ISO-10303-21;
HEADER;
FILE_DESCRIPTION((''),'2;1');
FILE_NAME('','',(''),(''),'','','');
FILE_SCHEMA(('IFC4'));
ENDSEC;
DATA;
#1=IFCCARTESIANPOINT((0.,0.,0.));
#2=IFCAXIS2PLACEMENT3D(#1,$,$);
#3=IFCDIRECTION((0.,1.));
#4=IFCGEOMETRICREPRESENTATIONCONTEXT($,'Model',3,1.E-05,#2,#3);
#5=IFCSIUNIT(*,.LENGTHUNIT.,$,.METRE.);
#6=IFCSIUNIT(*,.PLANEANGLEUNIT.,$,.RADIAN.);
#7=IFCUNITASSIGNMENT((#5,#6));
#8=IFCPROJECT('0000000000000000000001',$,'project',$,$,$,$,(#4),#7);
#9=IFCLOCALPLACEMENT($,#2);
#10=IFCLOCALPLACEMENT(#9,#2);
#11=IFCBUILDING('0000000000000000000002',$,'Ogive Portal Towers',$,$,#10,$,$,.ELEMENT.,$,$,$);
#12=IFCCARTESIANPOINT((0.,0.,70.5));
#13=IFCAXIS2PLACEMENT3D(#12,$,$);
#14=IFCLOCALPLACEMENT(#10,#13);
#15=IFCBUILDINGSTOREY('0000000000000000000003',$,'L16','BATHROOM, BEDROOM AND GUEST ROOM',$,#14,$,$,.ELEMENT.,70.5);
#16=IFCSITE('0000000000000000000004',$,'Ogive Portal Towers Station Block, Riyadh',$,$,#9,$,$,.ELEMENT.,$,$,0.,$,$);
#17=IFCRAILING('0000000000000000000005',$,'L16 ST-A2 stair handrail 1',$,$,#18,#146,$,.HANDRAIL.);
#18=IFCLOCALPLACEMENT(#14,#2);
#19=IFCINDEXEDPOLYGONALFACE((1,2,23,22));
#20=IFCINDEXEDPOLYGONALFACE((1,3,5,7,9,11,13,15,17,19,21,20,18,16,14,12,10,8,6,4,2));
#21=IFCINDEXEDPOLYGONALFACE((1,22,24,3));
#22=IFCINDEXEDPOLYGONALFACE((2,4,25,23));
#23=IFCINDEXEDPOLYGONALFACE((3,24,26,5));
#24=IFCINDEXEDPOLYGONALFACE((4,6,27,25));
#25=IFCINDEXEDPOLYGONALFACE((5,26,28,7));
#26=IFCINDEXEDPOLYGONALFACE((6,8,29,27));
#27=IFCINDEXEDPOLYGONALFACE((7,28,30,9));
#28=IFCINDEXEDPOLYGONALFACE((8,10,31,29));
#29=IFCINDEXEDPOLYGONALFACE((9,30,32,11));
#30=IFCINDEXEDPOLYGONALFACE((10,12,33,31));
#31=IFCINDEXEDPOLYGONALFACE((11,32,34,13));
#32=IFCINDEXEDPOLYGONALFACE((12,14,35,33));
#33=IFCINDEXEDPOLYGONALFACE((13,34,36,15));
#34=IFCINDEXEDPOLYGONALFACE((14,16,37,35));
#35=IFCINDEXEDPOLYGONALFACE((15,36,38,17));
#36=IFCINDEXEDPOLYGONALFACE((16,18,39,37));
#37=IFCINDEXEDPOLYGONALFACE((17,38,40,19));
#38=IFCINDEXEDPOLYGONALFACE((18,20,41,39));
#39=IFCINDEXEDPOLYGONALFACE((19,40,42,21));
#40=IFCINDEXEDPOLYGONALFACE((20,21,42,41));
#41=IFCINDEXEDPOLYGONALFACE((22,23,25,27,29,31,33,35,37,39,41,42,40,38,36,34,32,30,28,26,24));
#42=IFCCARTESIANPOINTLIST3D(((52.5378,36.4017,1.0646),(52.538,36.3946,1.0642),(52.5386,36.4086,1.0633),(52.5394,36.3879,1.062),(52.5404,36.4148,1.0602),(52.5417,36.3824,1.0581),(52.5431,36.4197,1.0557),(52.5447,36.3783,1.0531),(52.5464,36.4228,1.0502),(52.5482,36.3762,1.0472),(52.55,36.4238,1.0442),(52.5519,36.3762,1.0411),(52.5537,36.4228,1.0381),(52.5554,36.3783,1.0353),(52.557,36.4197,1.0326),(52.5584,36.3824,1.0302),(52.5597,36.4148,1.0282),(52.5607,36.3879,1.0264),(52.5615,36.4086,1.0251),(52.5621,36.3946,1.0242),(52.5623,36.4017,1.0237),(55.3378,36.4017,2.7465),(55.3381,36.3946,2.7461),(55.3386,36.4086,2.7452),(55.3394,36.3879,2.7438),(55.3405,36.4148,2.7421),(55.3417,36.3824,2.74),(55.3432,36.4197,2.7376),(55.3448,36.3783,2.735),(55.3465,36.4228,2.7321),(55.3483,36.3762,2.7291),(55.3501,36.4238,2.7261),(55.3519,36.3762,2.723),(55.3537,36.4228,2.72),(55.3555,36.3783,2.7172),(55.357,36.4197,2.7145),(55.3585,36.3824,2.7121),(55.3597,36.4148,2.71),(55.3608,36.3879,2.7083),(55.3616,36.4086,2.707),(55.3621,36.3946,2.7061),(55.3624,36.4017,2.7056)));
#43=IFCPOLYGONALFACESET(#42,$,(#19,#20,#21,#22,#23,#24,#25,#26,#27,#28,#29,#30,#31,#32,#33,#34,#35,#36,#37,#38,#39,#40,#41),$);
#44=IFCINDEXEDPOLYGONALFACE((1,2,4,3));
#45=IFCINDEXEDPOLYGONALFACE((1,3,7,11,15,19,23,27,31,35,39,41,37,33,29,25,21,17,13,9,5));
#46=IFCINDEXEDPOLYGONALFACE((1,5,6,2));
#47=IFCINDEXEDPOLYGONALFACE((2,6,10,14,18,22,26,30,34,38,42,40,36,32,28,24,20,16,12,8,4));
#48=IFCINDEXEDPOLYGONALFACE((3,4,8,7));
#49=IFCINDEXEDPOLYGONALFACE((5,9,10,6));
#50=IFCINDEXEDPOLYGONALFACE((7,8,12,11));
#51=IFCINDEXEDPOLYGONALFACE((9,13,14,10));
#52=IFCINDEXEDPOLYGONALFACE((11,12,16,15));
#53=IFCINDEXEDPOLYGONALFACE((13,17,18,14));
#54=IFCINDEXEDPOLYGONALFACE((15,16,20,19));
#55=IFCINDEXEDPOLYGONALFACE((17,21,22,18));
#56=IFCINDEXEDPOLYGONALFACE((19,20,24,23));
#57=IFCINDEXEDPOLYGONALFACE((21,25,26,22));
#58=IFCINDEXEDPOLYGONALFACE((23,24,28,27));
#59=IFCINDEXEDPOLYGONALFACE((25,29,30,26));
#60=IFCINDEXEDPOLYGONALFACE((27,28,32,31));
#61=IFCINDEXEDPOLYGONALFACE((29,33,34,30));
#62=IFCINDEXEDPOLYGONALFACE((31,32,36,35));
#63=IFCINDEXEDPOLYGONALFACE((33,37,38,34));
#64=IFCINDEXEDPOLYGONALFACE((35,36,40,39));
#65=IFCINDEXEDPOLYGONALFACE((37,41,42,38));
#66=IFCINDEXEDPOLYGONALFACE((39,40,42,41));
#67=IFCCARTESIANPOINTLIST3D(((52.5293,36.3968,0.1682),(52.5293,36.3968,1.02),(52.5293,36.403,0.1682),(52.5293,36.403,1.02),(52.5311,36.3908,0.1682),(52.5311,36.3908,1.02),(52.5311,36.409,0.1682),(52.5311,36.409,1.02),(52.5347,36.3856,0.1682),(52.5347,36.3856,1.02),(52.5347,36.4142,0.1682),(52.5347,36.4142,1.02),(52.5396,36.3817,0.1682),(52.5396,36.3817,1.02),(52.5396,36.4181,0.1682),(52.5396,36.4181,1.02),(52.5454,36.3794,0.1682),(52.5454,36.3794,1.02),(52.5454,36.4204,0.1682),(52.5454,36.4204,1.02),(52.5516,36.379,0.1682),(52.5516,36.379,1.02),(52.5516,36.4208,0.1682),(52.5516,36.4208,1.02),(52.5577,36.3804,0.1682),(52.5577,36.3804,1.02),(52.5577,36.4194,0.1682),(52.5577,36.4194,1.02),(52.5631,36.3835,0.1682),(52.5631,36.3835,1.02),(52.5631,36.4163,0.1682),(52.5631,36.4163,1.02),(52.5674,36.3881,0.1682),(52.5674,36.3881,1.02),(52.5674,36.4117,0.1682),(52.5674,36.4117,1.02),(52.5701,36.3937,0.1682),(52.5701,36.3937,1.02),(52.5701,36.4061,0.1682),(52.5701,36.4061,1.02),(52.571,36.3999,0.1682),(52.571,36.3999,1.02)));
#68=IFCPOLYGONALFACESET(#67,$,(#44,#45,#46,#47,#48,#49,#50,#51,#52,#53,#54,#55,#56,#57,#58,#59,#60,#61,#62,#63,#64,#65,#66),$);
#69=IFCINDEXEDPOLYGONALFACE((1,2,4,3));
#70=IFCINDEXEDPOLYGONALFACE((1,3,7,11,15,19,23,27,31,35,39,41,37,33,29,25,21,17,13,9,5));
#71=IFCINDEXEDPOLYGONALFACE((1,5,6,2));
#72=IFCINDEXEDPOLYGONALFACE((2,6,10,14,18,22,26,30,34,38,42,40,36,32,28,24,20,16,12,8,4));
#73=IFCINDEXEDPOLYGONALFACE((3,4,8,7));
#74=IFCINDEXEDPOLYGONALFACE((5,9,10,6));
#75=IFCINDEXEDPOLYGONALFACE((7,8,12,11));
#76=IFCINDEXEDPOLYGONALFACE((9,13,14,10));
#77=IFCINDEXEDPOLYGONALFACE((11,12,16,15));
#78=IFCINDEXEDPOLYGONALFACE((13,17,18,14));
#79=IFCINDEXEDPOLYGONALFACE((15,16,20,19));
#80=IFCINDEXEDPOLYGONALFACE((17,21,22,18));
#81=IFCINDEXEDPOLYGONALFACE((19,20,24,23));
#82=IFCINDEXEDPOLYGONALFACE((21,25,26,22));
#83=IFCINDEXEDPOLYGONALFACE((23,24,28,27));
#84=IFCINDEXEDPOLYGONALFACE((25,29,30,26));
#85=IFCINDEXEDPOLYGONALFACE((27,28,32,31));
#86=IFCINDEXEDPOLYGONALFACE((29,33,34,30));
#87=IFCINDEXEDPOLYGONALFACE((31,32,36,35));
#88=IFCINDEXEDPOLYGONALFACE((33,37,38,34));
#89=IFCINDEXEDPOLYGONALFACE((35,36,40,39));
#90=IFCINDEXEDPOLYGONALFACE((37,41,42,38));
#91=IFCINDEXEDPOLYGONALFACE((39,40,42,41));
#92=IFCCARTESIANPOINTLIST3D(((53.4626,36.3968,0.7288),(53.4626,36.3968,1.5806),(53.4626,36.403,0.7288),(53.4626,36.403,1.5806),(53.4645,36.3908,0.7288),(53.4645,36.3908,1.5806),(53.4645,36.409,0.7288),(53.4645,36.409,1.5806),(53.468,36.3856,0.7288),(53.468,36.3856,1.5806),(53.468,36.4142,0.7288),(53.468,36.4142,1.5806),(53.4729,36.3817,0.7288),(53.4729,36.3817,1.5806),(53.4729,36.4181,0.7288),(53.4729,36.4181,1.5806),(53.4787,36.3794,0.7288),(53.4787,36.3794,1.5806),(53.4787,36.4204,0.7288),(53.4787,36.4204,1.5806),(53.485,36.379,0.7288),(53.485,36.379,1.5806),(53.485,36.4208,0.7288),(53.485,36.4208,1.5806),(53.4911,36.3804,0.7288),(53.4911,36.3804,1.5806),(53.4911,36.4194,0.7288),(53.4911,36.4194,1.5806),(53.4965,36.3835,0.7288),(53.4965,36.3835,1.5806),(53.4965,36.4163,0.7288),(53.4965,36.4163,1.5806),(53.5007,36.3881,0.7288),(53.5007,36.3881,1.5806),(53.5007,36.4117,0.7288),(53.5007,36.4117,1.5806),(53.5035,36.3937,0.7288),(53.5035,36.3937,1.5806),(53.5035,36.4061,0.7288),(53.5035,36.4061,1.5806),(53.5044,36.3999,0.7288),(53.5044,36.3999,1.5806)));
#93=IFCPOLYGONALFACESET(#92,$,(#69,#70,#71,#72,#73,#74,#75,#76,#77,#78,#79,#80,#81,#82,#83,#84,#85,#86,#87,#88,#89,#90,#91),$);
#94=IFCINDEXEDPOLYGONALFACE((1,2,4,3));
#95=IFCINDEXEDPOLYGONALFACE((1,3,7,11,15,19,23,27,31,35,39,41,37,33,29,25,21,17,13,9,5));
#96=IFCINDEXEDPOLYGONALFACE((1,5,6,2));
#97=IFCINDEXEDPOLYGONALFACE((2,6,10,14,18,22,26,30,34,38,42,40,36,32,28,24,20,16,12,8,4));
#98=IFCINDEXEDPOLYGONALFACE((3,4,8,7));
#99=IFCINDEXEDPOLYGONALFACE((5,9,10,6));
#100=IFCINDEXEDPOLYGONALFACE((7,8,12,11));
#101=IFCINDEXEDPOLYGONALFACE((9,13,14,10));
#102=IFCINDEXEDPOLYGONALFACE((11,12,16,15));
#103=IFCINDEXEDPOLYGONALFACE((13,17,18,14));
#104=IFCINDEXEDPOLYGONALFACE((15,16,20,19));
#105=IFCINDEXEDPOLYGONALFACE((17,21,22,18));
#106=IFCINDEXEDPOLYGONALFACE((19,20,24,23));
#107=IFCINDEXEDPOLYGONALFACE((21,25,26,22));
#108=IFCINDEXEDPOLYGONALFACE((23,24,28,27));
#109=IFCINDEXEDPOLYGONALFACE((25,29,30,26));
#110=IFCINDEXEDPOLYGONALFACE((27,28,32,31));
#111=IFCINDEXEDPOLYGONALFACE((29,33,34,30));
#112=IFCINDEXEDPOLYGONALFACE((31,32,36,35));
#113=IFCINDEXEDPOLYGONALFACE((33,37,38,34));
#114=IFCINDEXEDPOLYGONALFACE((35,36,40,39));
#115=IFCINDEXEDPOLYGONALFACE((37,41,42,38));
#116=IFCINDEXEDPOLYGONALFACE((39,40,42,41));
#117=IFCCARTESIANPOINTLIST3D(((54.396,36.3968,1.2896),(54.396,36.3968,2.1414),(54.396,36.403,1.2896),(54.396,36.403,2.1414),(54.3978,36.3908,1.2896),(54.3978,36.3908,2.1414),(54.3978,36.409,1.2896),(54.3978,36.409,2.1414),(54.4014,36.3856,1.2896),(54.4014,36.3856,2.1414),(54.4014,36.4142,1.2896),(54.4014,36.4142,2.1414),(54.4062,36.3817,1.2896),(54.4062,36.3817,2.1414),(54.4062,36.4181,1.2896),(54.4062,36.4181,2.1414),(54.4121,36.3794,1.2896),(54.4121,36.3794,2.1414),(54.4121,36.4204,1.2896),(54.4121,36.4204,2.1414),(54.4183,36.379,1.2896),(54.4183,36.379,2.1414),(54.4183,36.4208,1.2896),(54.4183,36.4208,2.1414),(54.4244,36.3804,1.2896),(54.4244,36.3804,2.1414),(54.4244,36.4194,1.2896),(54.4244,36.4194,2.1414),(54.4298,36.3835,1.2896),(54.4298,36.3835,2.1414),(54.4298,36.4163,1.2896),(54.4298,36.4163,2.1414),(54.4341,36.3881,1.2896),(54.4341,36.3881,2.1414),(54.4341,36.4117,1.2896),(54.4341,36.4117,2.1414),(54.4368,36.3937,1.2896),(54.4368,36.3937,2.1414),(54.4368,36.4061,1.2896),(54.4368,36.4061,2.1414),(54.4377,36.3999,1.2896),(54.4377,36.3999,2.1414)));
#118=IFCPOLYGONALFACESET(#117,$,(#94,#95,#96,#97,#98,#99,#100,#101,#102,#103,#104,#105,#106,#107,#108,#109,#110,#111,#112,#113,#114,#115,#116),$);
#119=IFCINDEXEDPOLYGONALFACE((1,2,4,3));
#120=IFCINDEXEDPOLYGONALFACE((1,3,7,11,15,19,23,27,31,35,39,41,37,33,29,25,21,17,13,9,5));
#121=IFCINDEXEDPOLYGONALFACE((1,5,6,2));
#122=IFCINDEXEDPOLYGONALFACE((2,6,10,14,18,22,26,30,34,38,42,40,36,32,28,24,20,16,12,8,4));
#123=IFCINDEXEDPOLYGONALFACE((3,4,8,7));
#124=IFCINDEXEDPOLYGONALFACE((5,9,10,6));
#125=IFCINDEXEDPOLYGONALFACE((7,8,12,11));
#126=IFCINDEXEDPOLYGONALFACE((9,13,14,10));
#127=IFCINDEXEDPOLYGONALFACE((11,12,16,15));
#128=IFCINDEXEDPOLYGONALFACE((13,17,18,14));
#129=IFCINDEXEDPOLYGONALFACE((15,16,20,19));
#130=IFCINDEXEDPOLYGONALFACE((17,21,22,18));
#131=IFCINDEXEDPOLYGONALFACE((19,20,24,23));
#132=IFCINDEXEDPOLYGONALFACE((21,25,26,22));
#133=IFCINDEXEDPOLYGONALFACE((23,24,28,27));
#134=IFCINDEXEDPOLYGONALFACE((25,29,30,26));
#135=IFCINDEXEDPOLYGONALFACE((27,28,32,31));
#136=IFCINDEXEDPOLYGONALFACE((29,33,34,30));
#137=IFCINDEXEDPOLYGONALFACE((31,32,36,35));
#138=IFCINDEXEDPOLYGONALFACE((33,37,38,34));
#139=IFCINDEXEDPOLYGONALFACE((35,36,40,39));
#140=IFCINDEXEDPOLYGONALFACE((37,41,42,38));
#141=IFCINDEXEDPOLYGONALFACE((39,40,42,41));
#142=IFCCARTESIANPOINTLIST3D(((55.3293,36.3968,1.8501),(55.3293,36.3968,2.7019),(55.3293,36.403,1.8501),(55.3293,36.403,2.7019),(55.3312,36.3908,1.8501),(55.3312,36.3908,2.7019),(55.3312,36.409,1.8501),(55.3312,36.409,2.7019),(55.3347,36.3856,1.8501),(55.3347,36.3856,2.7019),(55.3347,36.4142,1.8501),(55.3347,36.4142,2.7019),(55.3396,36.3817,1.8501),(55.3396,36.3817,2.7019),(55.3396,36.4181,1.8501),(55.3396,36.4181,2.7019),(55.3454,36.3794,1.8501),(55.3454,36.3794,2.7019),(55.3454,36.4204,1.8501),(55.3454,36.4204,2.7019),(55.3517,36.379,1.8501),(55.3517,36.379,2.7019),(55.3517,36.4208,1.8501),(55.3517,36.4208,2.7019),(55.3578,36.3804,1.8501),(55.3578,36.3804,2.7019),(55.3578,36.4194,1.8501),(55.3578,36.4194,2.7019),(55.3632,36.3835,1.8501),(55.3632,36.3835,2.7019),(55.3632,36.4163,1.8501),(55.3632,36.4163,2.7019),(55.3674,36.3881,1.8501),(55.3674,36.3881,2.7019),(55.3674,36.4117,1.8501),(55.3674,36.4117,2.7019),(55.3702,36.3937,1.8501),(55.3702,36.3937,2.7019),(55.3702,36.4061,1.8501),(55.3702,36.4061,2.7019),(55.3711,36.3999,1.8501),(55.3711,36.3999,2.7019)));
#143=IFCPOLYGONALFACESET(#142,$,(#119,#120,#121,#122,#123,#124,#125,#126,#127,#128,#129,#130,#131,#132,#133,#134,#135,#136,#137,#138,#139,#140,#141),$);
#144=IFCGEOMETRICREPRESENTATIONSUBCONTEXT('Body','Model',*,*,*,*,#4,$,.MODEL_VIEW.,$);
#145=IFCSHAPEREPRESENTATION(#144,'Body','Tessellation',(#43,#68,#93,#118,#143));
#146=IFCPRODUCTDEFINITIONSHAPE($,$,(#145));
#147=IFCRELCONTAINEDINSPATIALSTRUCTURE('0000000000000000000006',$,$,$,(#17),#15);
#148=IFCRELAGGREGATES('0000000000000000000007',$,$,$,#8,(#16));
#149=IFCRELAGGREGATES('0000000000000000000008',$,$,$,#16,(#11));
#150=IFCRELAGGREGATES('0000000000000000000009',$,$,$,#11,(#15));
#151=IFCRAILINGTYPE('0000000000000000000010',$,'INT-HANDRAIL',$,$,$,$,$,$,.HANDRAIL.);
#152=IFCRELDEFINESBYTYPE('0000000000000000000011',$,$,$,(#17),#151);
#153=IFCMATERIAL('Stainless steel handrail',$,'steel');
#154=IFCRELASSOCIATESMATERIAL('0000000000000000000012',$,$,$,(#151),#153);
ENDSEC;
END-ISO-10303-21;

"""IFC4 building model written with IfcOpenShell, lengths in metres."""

from ifc_helpers import new_model, si_unit, direction, frame, origin, origin_2d, place, context, subcontext, project, spatial, circle, extrude, material, type_object, element, save


model = new_model("IFC4")

# Units and contexts
model_context = context("Model", 3, precision=1e-05, world=origin(), true_north=direction((0.0, 1.0)))
body_context = subcontext(model_context, "Body", "Model", "MODEL_VIEW")
ifc_project = project(units=[si_unit("LENGTHUNIT", "METRE"), si_unit("PLANEANGLEUNIT", "RADIAN")], contexts=[model_context])

# Site, building, storey
site_placement = place(None, origin())
site = spatial("IfcSite", under=ifc_project, at=site_placement, Name="Ogive Portal Towers Station Block, Riyadh", CompositionType="ELEMENT", RefElevation=0.0)
building_placement = place(site_placement, origin())
building = spatial("IfcBuilding", under=site, at=building_placement, Name="Ogive Portal Towers", CompositionType="ELEMENT")
storey_placement = place(building_placement, frame((0.0, 0.0, 70.5)))
storey = spatial("IfcBuildingStorey", under=building, at=storey_placement, Name="L16", Description="BATHROOM, BEDROOM AND GUEST ROOM", CompositionType="ELEMENT", Elevation=70.5)

# Railing
ifc_material_1 = material(Name="Stainless steel handrail", Category="steel")
railing_type_1 = type_object("IfcRailingType", Name="INT-HANDRAIL", PredefinedType="HANDRAIL", material=ifc_material_1)
railing_1_placement = place(storey_placement, frame((52.55, 36.3999, 0.1682)))
element("IfcRailing", 1, at=railing_1_placement, inside=storey, type_object=railing_type_1, Name="L16 ST-A2 stair handrail 1", PredefinedType="HANDRAIL", context=body_context, shape_type="SweptSolid", body=[
    extrude(circle(Radius=0.0239, at=origin_2d()), frame((0.0, 0.0, 0.876), z_axis=(0.857242, 0.0, 0.514913), x_axis=(0.0, 1.0, 0.0)), (0.0, 0.0, 1.0), 3.2664),
    extrude(circle(Radius=0.021, at=origin_2d()), origin(), (0.0, 0.0, 1.0), 0.8518),
    extrude(circle(Radius=0.021, at=origin_2d()), frame((0.9333, 0.0, 0.5605)), (0.0, 0.0, 1.0), 0.8518),
    extrude(circle(Radius=0.021, at=origin_2d()), frame((1.8667, 0.0, 1.1213)), (0.0, 0.0, 1.0), 0.8518),
    extrude(circle(Radius=0.021, at=origin_2d()), frame((2.8, 0.0, 1.6819)), (0.0, 0.0, 1.0), 0.8518),
])

save(model, "model.ifc")
